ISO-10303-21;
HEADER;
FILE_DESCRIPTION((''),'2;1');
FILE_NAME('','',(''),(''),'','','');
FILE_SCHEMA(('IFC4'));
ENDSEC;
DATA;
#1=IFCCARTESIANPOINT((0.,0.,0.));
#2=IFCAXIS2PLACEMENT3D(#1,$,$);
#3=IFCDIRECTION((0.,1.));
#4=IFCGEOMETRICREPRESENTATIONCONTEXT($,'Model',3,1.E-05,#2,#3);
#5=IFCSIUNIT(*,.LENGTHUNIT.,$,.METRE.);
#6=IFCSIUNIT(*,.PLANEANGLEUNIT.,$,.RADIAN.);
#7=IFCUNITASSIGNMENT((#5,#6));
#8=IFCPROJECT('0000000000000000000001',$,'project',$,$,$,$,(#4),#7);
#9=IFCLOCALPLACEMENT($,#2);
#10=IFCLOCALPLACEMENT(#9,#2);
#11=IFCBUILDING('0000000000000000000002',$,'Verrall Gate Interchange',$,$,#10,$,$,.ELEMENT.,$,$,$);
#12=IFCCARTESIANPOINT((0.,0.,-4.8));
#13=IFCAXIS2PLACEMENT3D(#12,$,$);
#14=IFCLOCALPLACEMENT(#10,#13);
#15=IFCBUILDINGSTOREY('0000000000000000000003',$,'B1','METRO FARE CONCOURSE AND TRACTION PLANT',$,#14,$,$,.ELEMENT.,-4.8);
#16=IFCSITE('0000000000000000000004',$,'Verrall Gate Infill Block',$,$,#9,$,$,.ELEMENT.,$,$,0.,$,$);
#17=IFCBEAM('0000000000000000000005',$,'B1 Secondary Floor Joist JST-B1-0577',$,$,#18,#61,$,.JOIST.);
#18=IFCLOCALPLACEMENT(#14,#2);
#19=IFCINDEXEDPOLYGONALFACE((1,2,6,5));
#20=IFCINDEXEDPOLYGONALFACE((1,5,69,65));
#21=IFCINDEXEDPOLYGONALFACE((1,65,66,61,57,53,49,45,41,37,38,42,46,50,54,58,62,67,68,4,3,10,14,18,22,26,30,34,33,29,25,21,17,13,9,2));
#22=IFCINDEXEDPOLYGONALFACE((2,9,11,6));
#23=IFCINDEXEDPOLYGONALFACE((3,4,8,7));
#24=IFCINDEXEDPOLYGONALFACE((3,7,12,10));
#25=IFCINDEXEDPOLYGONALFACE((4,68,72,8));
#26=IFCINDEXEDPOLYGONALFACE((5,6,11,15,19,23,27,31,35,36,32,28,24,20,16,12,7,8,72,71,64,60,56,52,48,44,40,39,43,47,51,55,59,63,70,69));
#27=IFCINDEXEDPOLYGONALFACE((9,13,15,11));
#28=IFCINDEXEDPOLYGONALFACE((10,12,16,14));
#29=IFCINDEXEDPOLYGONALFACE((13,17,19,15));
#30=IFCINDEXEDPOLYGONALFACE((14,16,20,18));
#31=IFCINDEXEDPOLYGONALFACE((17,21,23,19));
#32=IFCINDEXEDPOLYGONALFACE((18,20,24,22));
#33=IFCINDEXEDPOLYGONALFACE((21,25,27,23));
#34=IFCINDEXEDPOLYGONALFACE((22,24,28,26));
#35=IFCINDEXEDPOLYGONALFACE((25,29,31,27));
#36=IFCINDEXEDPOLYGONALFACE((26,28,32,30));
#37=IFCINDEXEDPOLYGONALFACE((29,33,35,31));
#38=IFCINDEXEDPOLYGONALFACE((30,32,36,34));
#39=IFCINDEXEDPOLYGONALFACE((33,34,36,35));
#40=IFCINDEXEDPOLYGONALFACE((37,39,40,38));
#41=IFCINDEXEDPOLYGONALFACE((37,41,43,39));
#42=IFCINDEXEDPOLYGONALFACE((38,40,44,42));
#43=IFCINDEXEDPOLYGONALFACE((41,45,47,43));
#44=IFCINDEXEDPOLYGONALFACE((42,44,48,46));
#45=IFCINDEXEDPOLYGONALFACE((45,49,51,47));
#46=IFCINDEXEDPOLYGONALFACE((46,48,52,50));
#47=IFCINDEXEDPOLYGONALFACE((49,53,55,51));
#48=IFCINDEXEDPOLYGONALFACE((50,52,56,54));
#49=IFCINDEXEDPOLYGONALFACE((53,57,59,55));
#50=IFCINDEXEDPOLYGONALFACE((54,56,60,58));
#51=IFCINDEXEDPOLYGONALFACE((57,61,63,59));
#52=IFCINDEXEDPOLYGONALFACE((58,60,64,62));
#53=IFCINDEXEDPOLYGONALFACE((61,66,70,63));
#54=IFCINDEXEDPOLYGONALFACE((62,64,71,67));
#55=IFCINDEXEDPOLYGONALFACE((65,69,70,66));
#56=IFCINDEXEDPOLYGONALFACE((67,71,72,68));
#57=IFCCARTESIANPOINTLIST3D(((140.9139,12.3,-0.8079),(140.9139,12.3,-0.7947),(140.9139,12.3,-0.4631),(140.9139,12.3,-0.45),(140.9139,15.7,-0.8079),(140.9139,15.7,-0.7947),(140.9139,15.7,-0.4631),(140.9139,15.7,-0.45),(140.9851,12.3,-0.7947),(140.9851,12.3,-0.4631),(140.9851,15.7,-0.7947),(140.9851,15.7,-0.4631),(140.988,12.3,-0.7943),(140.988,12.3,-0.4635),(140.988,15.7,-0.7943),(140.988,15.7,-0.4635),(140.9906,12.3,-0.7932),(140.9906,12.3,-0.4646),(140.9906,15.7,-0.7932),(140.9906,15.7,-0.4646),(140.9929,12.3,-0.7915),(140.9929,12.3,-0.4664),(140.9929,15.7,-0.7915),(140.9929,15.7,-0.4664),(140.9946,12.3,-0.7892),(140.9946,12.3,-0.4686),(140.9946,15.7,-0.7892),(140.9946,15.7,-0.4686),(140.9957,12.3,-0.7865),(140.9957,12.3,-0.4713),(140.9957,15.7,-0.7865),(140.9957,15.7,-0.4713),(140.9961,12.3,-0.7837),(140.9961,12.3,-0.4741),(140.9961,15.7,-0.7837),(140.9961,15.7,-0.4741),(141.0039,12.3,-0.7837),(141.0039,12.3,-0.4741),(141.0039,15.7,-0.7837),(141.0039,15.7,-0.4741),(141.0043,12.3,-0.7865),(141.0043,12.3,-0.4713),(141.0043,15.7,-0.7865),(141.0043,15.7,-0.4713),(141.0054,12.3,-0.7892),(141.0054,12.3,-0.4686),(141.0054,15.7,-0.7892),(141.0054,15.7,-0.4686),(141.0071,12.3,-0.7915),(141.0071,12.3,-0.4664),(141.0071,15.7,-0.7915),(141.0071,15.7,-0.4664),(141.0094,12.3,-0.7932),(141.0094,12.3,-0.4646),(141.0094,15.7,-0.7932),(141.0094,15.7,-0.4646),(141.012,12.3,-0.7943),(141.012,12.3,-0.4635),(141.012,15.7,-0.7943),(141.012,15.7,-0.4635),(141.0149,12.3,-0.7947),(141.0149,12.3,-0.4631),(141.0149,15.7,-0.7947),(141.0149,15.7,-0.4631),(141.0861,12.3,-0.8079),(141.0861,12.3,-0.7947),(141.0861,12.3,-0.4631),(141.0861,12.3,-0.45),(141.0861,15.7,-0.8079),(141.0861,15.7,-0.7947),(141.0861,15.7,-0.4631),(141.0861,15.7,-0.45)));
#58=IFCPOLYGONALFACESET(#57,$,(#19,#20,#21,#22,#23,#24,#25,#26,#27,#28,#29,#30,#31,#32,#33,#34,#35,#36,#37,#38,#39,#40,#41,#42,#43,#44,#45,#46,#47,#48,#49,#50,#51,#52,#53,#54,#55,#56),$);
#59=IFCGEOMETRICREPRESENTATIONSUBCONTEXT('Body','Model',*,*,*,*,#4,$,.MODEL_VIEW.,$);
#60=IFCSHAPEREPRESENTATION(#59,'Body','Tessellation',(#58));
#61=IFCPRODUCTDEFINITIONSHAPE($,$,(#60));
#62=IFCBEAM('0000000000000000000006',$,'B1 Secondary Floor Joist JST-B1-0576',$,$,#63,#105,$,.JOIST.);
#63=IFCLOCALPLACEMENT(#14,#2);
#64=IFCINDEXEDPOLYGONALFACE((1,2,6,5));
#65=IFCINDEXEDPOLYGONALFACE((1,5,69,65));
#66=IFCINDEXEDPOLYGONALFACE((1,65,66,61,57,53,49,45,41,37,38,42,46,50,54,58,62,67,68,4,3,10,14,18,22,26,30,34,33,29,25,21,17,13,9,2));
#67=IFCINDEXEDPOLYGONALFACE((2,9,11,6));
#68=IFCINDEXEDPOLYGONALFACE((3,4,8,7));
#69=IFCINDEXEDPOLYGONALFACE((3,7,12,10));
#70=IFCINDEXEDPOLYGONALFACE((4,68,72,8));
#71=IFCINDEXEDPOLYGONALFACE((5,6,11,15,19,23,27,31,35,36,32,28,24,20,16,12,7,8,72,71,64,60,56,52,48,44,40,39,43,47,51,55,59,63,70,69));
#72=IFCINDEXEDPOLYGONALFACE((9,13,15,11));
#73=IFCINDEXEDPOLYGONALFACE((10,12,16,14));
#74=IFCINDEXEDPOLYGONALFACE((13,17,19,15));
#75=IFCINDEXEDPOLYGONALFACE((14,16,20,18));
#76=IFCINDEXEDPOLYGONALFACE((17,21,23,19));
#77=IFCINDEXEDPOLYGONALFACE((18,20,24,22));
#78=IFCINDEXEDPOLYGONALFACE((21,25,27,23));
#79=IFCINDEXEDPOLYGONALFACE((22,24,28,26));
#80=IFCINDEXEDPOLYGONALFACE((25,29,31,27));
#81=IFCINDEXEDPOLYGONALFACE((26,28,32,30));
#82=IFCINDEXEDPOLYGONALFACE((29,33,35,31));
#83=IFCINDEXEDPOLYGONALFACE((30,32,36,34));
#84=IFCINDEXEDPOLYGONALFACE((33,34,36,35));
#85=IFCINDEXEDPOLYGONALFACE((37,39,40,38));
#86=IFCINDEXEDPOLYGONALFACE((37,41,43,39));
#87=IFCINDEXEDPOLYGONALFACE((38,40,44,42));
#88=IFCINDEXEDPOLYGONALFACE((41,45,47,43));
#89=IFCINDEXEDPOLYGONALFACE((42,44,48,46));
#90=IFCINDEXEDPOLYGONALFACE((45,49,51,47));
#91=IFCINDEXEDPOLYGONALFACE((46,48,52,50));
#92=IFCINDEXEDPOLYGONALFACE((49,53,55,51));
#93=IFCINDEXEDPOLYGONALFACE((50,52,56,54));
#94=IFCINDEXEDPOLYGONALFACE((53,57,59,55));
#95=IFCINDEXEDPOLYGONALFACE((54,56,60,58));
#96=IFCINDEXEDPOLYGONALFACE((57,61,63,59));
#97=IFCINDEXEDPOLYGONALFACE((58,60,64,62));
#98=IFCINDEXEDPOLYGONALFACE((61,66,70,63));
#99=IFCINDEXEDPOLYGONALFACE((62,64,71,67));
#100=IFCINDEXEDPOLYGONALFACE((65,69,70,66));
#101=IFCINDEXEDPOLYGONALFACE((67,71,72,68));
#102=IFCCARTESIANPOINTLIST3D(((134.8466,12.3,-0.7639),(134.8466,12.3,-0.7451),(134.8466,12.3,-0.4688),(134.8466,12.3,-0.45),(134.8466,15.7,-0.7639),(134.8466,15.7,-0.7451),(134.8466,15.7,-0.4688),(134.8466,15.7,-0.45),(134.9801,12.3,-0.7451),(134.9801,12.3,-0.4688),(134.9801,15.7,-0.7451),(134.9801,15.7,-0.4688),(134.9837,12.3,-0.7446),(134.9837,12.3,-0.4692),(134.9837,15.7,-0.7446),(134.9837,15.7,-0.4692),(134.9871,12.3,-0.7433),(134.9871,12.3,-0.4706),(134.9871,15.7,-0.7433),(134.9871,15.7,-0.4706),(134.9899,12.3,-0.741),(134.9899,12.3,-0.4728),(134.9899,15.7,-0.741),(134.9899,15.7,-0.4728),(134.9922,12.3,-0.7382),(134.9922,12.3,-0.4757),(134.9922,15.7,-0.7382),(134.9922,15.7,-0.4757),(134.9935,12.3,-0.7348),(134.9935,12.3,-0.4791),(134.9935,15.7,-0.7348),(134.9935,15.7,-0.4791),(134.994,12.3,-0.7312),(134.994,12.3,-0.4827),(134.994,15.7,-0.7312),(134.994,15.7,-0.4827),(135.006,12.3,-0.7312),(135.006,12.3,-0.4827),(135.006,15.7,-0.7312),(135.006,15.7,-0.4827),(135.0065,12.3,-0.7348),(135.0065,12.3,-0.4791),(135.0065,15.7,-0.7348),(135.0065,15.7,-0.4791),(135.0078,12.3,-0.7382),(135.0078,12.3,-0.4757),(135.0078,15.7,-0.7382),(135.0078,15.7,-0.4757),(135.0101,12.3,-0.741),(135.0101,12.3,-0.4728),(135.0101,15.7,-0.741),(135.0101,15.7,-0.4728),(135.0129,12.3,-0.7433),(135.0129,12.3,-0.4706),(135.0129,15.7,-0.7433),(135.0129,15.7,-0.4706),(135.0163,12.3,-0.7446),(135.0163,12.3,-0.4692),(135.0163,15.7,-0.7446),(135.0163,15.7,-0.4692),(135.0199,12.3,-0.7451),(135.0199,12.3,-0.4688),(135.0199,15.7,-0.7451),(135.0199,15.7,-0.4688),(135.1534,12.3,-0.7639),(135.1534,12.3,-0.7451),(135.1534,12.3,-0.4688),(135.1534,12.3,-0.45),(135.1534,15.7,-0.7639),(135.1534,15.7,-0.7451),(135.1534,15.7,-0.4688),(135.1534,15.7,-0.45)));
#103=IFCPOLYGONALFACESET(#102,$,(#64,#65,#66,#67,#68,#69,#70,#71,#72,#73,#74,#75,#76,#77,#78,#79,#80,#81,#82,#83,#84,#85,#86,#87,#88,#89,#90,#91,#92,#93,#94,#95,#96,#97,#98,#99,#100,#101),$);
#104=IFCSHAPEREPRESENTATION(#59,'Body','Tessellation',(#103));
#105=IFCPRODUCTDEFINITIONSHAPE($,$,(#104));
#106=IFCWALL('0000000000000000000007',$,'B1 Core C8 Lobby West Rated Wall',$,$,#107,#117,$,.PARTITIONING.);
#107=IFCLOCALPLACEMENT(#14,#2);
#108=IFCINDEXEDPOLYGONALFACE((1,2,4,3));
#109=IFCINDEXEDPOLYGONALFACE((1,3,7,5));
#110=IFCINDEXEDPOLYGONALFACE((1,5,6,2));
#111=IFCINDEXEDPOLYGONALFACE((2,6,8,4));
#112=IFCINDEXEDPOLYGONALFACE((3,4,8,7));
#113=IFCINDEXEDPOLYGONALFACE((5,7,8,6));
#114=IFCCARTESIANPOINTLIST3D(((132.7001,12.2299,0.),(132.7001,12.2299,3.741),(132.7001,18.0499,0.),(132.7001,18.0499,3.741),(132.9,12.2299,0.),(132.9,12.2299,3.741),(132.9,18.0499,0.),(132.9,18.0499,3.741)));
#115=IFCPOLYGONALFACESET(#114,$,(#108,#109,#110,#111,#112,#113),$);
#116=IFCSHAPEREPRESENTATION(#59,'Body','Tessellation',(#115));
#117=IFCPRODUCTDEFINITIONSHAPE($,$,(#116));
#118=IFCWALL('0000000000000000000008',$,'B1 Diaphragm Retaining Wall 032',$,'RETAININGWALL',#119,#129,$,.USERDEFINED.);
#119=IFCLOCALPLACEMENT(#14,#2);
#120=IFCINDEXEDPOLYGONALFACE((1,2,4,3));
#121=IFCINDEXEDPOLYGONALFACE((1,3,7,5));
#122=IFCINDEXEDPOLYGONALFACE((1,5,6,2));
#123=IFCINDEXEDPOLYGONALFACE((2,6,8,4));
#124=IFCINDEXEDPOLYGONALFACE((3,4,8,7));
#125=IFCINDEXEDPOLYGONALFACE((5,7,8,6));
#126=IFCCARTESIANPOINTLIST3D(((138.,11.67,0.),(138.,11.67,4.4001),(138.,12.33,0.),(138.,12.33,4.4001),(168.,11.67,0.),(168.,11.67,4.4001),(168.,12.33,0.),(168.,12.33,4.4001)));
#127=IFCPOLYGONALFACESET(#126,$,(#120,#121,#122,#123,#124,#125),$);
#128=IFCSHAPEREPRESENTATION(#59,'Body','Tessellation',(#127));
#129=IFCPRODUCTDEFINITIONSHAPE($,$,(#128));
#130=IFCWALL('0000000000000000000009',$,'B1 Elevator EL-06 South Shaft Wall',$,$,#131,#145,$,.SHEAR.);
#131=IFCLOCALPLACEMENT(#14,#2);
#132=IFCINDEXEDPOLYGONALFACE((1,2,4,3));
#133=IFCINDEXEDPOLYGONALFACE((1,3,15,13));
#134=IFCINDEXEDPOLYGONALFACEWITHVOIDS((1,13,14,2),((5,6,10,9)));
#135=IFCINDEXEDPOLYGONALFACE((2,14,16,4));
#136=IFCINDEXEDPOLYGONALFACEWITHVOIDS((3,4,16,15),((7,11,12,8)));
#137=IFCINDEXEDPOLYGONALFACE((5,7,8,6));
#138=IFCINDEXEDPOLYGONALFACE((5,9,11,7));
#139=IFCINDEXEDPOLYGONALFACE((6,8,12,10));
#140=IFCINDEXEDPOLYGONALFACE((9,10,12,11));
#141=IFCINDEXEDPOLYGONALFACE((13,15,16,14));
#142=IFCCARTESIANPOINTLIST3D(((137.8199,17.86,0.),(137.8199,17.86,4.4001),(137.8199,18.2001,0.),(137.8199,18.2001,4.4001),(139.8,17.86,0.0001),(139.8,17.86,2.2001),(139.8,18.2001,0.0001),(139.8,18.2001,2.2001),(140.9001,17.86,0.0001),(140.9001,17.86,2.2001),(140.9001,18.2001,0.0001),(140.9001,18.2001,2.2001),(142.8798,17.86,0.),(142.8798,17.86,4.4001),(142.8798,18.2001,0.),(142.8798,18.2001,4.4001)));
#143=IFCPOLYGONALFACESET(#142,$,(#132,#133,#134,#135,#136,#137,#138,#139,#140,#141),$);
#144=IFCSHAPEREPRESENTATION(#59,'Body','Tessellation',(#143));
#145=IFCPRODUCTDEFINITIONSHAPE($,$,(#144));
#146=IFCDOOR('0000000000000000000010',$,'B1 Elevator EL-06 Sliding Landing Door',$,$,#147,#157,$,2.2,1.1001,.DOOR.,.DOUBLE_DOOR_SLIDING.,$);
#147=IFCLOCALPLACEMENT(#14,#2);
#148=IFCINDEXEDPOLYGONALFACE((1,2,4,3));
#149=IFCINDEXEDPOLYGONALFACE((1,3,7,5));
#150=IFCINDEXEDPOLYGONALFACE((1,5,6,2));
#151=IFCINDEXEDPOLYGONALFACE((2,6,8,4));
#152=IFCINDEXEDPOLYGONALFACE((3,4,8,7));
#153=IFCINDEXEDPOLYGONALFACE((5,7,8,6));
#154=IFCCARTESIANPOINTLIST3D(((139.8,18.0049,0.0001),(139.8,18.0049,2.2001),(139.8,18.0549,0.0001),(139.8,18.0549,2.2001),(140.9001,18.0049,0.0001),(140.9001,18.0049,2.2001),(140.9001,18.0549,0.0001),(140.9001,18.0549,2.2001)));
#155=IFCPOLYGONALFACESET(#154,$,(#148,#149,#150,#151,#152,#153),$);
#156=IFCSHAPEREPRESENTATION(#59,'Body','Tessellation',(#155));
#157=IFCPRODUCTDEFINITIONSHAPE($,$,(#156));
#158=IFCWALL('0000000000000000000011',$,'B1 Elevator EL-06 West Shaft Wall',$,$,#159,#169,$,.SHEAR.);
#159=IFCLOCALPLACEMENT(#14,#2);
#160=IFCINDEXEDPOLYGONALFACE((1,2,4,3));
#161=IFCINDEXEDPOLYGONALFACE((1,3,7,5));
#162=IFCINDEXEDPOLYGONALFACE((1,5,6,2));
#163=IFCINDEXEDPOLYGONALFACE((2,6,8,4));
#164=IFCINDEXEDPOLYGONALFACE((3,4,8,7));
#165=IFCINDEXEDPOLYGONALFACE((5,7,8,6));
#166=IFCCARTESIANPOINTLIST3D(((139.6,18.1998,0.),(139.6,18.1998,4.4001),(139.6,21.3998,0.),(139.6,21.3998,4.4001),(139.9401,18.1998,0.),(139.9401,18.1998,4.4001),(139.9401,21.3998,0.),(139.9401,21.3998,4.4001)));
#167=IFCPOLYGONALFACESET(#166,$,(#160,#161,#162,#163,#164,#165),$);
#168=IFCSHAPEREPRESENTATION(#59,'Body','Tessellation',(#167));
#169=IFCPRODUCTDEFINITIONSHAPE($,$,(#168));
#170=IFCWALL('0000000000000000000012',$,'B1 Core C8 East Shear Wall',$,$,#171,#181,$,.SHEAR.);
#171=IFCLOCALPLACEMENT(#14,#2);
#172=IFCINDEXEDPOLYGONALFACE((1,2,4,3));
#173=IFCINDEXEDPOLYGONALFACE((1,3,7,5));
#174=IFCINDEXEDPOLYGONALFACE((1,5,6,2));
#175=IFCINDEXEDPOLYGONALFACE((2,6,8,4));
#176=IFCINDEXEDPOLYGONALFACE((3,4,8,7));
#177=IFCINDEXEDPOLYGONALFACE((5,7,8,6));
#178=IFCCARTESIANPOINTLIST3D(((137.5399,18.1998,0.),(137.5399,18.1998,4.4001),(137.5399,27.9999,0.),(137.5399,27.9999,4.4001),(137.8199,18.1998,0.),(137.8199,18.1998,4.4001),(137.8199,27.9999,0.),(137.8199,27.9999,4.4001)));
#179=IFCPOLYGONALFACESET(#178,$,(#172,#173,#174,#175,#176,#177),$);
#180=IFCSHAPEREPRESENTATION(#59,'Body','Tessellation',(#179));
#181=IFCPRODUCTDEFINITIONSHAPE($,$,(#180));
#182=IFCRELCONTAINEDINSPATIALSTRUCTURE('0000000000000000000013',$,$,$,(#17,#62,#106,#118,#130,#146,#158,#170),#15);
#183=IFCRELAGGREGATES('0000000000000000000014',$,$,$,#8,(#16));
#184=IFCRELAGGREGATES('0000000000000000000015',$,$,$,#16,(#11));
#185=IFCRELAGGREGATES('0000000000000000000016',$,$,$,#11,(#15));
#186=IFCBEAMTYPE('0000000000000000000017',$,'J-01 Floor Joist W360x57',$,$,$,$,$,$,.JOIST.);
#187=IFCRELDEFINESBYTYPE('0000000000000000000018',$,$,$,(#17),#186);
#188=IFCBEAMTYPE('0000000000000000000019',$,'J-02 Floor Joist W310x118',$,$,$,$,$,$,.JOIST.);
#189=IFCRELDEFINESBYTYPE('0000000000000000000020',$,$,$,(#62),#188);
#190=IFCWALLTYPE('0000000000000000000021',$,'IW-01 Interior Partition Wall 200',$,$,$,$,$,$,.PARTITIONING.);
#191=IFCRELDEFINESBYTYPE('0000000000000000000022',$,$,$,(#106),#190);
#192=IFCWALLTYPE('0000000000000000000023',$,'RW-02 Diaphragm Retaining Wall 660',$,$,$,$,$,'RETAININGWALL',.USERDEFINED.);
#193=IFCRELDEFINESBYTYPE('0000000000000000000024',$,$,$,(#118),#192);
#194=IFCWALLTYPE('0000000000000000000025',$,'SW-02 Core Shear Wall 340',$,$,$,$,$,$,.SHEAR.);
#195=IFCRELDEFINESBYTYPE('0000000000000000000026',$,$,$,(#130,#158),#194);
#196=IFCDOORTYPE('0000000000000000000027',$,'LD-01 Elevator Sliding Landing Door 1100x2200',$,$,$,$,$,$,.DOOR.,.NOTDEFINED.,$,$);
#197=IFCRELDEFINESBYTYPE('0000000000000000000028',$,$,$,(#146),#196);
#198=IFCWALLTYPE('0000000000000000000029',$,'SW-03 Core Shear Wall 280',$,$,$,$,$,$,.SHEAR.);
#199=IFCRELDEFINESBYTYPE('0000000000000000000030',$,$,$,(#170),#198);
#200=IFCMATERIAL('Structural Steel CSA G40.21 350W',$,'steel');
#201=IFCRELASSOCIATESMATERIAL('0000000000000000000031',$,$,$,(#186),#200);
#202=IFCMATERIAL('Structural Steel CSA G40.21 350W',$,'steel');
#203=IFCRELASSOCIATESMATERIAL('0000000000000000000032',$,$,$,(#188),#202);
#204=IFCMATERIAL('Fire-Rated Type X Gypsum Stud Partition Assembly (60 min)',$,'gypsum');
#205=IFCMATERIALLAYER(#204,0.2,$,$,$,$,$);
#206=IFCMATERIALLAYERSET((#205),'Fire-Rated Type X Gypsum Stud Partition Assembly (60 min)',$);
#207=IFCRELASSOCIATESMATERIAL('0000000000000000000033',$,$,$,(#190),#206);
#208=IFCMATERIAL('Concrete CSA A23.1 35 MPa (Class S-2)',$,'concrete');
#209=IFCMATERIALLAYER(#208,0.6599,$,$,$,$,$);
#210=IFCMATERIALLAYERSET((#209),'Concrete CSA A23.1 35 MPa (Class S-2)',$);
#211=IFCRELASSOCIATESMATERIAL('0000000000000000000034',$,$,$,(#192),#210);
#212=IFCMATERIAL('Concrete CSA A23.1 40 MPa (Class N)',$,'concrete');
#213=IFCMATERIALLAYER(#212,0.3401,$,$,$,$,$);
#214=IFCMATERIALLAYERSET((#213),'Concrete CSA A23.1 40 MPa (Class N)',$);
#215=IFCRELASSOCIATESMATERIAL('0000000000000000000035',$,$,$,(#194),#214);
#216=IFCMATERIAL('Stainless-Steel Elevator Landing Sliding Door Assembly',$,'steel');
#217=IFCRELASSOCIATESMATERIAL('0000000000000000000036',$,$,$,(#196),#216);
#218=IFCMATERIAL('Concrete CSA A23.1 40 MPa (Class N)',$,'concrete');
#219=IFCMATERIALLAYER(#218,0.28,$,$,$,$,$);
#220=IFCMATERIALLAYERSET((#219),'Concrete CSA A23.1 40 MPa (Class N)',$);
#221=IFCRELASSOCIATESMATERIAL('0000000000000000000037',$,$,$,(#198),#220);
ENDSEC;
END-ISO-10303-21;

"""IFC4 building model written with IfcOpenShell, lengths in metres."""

from ifc_helpers import new_model, si_unit, direction, frame, frame_2d, origin, origin_2d, place, context, subcontext, project, spatial, rectangle, i_section, extrude, material, layer, layer_set, material_profile, profile_set, type_object, element, fill, save


model = new_model("IFC4")

# Units and contexts
model_context = context("Model", 3, precision=1e-05, world=origin(), true_north=direction((0.0, 1.0)))
body_context = subcontext(model_context, "Body", "Model", "MODEL_VIEW")
ifc_project = project(units=[si_unit("LENGTHUNIT", "METRE"), si_unit("PLANEANGLEUNIT", "RADIAN")], contexts=[model_context])

# Site, building, storey
site_placement = place(None, origin())
site = spatial("IfcSite", under=ifc_project, at=site_placement, Name="Verrall Gate Infill Block", CompositionType="ELEMENT", RefElevation=0.0)
building_placement = place(site_placement, origin())
building = spatial("IfcBuilding", under=site, at=building_placement, Name="Verrall Gate Interchange", CompositionType="ELEMENT")
storey_placement = place(building_placement, frame((0.0, 0.0, -4.8)))
storey = spatial("IfcBuildingStorey", under=building, at=storey_placement, Name="B1", Description="METRO FARE CONCOURSE AND TRACTION PLANT", CompositionType="ELEMENT", Elevation=-4.8)

# Beams
ifc_material_1 = material(Name="Structural Steel CSA G40.21 350W", Category="steel")
ifc_material_profile_1 = material_profile(ifc_material_1, i_section(OverallWidth=0.1721, OverallDepth=0.3579, WebThickness=0.0078, FlangeThickness=0.0132, FilletRadius=0.011, at=origin_2d()), Name="W360x57")
ifc_profile_set_1 = profile_set([ifc_material_profile_1], Name="Structural Steel CSA G40.21 350W")
beam_type_1 = type_object("IfcBeamType", Name="J-01 Floor Joist W360x57", PredefinedType="JOIST", material=ifc_profile_set_1)
beam_1_placement = place(storey_placement, frame((141.0, 12.3, -0.6289), z_axis=(0.0, 1.0, 0.0), x_axis=(-1.0, 0.0, 0.0)))
element("IfcBeam", 1, at=beam_1_placement, inside=storey, type_object=beam_type_1, Name="B1 Secondary Floor Joist JST-B1-0577", PredefinedType="JOIST", context=body_context, shape_type="SweptSolid", body=[
    extrude(i_section(OverallWidth=0.1721, OverallDepth=0.3579, WebThickness=0.0078, FlangeThickness=0.0132, FilletRadius=0.011, at=origin_2d()), origin(), (0.0, 0.0, 1.0), 3.3999),
])
ifc_material_2 = material(Name="Structural Steel CSA G40.21 350W", Category="steel")
ifc_material_profile_2 = material_profile(ifc_material_2, i_section(OverallWidth=0.3069, OverallDepth=0.314, WebThickness=0.012, FlangeThickness=0.0188, FilletRadius=0.0139, at=origin_2d()), Name="W310x118")
ifc_profile_set_2 = profile_set([ifc_material_profile_2], Name="Structural Steel CSA G40.21 350W")
beam_type_2 = type_object("IfcBeamType", Name="J-02 Floor Joist W310x118", PredefinedType="JOIST", material=ifc_profile_set_2)
beam_2_placement = place(storey_placement, frame((135.0, 12.3, -0.6069), z_axis=(0.0, 1.0, 0.0), x_axis=(-1.0, 0.0, 0.0)))
element("IfcBeam", 2, at=beam_2_placement, inside=storey, type_object=beam_type_2, Name="B1 Secondary Floor Joist JST-B1-0576", PredefinedType="JOIST", context=body_context, shape_type="SweptSolid", body=[
    extrude(i_section(OverallWidth=0.3069, OverallDepth=0.314, WebThickness=0.012, FlangeThickness=0.0188, FilletRadius=0.0139, at=origin_2d()), origin(), (0.0, 0.0, 1.0), 3.3999),
])

# Walls
ifc_material_3 = material(Name="Fire-Rated Type X Gypsum Stud Partition Assembly (60 min)", Category="gypsum")
ifc_layer_1 = layer(ifc_material_3, 0.2)
ifc_layer_set_1 = layer_set([ifc_layer_1], Name="Fire-Rated Type X Gypsum Stud Partition Assembly (60 min)")
wall_type_1 = type_object("IfcWallType", Name="IW-01 Interior Partition Wall 200", PredefinedType="PARTITIONING", material=ifc_layer_set_1)
wall_1_placement = place(storey_placement, frame((132.8, 18.05, 0.0), z_axis=(0.0, 0.0, 1.0), x_axis=(0.0, -1.0, 0.0)))
element("IfcWall", 3, at=wall_1_placement, inside=storey, type_object=wall_type_1, Name="B1 Core C8 Lobby West Rated Wall", PredefinedType="PARTITIONING", context=body_context, shape_type="SweptSolid", body=[
    extrude(rectangle(XDim=5.8201, YDim=0.2, at=frame_2d((2.9102, 0.0))), origin(), (0.0, 0.0, 1.0), 3.741),
])
ifc_material_4 = material(Name="Concrete CSA A23.1 35 MPa (Class S-2)", Category="concrete")
ifc_layer_2 = layer(ifc_material_4, 0.6599)
ifc_layer_set_2 = layer_set([ifc_layer_2], Name="Concrete CSA A23.1 35 MPa (Class S-2)")
wall_type_2 = type_object("IfcWallType", Name="RW-02 Diaphragm Retaining Wall 660", ElementType="RETAININGWALL", PredefinedType="USERDEFINED", material=ifc_layer_set_2)
wall_2_placement = place(storey_placement, frame((138.0, 12.0, 0.0), z_axis=(0.0, 0.0, 1.0), x_axis=(1.0, 0.0, 0.0)))
element("IfcWall", 4, at=wall_2_placement, inside=storey, type_object=wall_type_2, Name="B1 Diaphragm Retaining Wall 032", ObjectType="RETAININGWALL", PredefinedType="USERDEFINED", context=body_context, shape_type="SweptSolid", body=[
    extrude(rectangle(XDim=30.0, YDim=0.6599, at=frame_2d((15.0, 0.0))), origin(), (0.0, 0.0, 1.0), 4.4001),
])

# Wall, opening, door
ifc_material_5 = material(Name="Concrete CSA A23.1 40 MPa (Class N)", Category="concrete")
ifc_layer_3 = layer(ifc_material_5, 0.3401)
ifc_layer_set_3 = layer_set([ifc_layer_3], Name="Concrete CSA A23.1 40 MPa (Class N)")
wall_type_3 = type_object("IfcWallType", Name="SW-02 Core Shear Wall 340", PredefinedType="SHEAR", material=ifc_layer_set_3)
wall_3_placement = place(storey_placement, frame((137.8201, 18.03, 0.0), z_axis=(0.0, 0.0, 1.0), x_axis=(1.0, 0.0, 0.0)))
wall_3 = element("IfcWall", 5, at=wall_3_placement, inside=storey, type_object=wall_type_3, Name="B1 Elevator EL-06 South Shaft Wall", PredefinedType="SHEAR", context=body_context, shape_type="SweptSolid", body=[
    extrude(rectangle(XDim=5.0598, YDim=0.3401, at=frame_2d((2.5298, 0.0))), origin(), (0.0, 0.0, 1.0), 4.4001),
])
opening_1_placement = place(wall_3_placement, frame((1.98, 0.0, 0.0)))
opening_1 = element("IfcOpeningElement", 6, at=opening_1_placement, cuts=wall_3, PredefinedType="OPENING", context=body_context, shape_type="SweptSolid", body=[
    extrude(rectangle(XDim=1.1001, YDim=2.2, at=frame_2d((0.55, 1.1001))), frame((0.0, 0.1851, 0.0), z_axis=(0.0, -1.0, 0.0), x_axis=(1.0, 0.0, 0.0)), (0.0, 0.0, 1.0), 0.3699),
])
ifc_material_6 = material(Name="Stainless-Steel Elevator Landing Sliding Door Assembly", Category="steel")
door_type_1 = type_object("IfcDoorType", Name="LD-01 Elevator Sliding Landing Door 1100x2200", OperationType="NOTDEFINED", PredefinedType="DOOR", material=ifc_material_6)
door_1_placement = place(opening_1_placement, origin())
door_1 = element("IfcDoor", 7, at=door_1_placement, inside=storey, type_object=door_type_1, Name="B1 Elevator EL-06 Sliding Landing Door", OperationType="DOUBLE_DOOR_SLIDING", OverallHeight=2.2, OverallWidth=1.1001, PredefinedType="DOOR", context=body_context, shape_type="SweptSolid", body=[
    extrude(rectangle(XDim=1.1001, YDim=2.2, at=frame_2d((0.55, 1.1001))), frame((0.0, 0.0249, 0.0), z_axis=(0.0, -1.0, 0.0), x_axis=(1.0, 0.0, 0.0)), (0.0, 0.0, 1.0), 0.05),
])
fill(opening_1, door_1)

# Wall
wall_4_placement = place(storey_placement, frame((139.77, 21.3999, 0.0), z_axis=(0.0, 0.0, 1.0), x_axis=(0.0, -1.0, 0.0)))
element("IfcWall", 8, at=wall_4_placement, inside=storey, type_object=wall_type_3, Name="B1 Elevator EL-06 West Shaft Wall", PredefinedType="SHEAR", context=body_context, shape_type="SweptSolid", body=[
    extrude(rectangle(XDim=3.2, YDim=0.3401, at=frame_2d((1.6001, 0.0))), origin(), (0.0, 0.0, 1.0), 4.4001),
])

# Shared definitions
ifc_material_7 = material(Name="Concrete CSA A23.1 40 MPa (Class N)", Category="concrete")
ifc_layer_4 = layer(ifc_material_7, 0.28)
ifc_layer_set_4 = layer_set([ifc_layer_4], Name="Concrete CSA A23.1 40 MPa (Class N)")
wall_type_4 = type_object("IfcWallType", Name="SW-03 Core Shear Wall 280", PredefinedType="SHEAR", material=ifc_layer_set_4)

# Wall
wall_5_placement = place(storey_placement, frame((137.6799, 18.2, 0.0), z_axis=(0.0, 0.0, 1.0), x_axis=(0.0, 1.0, 0.0)))
element("IfcWall", 9, at=wall_5_placement, inside=storey, type_object=wall_type_4, Name="B1 Core C8 East Shear Wall", PredefinedType="SHEAR", context=body_context, shape_type="SweptSolid", body=[
    extrude(rectangle(XDim=9.8, YDim=0.28, at=frame_2d((4.8999, 0.0))), origin(), (0.0, 0.0, 1.0), 4.4001),
])

save(model, "model.ifc")
